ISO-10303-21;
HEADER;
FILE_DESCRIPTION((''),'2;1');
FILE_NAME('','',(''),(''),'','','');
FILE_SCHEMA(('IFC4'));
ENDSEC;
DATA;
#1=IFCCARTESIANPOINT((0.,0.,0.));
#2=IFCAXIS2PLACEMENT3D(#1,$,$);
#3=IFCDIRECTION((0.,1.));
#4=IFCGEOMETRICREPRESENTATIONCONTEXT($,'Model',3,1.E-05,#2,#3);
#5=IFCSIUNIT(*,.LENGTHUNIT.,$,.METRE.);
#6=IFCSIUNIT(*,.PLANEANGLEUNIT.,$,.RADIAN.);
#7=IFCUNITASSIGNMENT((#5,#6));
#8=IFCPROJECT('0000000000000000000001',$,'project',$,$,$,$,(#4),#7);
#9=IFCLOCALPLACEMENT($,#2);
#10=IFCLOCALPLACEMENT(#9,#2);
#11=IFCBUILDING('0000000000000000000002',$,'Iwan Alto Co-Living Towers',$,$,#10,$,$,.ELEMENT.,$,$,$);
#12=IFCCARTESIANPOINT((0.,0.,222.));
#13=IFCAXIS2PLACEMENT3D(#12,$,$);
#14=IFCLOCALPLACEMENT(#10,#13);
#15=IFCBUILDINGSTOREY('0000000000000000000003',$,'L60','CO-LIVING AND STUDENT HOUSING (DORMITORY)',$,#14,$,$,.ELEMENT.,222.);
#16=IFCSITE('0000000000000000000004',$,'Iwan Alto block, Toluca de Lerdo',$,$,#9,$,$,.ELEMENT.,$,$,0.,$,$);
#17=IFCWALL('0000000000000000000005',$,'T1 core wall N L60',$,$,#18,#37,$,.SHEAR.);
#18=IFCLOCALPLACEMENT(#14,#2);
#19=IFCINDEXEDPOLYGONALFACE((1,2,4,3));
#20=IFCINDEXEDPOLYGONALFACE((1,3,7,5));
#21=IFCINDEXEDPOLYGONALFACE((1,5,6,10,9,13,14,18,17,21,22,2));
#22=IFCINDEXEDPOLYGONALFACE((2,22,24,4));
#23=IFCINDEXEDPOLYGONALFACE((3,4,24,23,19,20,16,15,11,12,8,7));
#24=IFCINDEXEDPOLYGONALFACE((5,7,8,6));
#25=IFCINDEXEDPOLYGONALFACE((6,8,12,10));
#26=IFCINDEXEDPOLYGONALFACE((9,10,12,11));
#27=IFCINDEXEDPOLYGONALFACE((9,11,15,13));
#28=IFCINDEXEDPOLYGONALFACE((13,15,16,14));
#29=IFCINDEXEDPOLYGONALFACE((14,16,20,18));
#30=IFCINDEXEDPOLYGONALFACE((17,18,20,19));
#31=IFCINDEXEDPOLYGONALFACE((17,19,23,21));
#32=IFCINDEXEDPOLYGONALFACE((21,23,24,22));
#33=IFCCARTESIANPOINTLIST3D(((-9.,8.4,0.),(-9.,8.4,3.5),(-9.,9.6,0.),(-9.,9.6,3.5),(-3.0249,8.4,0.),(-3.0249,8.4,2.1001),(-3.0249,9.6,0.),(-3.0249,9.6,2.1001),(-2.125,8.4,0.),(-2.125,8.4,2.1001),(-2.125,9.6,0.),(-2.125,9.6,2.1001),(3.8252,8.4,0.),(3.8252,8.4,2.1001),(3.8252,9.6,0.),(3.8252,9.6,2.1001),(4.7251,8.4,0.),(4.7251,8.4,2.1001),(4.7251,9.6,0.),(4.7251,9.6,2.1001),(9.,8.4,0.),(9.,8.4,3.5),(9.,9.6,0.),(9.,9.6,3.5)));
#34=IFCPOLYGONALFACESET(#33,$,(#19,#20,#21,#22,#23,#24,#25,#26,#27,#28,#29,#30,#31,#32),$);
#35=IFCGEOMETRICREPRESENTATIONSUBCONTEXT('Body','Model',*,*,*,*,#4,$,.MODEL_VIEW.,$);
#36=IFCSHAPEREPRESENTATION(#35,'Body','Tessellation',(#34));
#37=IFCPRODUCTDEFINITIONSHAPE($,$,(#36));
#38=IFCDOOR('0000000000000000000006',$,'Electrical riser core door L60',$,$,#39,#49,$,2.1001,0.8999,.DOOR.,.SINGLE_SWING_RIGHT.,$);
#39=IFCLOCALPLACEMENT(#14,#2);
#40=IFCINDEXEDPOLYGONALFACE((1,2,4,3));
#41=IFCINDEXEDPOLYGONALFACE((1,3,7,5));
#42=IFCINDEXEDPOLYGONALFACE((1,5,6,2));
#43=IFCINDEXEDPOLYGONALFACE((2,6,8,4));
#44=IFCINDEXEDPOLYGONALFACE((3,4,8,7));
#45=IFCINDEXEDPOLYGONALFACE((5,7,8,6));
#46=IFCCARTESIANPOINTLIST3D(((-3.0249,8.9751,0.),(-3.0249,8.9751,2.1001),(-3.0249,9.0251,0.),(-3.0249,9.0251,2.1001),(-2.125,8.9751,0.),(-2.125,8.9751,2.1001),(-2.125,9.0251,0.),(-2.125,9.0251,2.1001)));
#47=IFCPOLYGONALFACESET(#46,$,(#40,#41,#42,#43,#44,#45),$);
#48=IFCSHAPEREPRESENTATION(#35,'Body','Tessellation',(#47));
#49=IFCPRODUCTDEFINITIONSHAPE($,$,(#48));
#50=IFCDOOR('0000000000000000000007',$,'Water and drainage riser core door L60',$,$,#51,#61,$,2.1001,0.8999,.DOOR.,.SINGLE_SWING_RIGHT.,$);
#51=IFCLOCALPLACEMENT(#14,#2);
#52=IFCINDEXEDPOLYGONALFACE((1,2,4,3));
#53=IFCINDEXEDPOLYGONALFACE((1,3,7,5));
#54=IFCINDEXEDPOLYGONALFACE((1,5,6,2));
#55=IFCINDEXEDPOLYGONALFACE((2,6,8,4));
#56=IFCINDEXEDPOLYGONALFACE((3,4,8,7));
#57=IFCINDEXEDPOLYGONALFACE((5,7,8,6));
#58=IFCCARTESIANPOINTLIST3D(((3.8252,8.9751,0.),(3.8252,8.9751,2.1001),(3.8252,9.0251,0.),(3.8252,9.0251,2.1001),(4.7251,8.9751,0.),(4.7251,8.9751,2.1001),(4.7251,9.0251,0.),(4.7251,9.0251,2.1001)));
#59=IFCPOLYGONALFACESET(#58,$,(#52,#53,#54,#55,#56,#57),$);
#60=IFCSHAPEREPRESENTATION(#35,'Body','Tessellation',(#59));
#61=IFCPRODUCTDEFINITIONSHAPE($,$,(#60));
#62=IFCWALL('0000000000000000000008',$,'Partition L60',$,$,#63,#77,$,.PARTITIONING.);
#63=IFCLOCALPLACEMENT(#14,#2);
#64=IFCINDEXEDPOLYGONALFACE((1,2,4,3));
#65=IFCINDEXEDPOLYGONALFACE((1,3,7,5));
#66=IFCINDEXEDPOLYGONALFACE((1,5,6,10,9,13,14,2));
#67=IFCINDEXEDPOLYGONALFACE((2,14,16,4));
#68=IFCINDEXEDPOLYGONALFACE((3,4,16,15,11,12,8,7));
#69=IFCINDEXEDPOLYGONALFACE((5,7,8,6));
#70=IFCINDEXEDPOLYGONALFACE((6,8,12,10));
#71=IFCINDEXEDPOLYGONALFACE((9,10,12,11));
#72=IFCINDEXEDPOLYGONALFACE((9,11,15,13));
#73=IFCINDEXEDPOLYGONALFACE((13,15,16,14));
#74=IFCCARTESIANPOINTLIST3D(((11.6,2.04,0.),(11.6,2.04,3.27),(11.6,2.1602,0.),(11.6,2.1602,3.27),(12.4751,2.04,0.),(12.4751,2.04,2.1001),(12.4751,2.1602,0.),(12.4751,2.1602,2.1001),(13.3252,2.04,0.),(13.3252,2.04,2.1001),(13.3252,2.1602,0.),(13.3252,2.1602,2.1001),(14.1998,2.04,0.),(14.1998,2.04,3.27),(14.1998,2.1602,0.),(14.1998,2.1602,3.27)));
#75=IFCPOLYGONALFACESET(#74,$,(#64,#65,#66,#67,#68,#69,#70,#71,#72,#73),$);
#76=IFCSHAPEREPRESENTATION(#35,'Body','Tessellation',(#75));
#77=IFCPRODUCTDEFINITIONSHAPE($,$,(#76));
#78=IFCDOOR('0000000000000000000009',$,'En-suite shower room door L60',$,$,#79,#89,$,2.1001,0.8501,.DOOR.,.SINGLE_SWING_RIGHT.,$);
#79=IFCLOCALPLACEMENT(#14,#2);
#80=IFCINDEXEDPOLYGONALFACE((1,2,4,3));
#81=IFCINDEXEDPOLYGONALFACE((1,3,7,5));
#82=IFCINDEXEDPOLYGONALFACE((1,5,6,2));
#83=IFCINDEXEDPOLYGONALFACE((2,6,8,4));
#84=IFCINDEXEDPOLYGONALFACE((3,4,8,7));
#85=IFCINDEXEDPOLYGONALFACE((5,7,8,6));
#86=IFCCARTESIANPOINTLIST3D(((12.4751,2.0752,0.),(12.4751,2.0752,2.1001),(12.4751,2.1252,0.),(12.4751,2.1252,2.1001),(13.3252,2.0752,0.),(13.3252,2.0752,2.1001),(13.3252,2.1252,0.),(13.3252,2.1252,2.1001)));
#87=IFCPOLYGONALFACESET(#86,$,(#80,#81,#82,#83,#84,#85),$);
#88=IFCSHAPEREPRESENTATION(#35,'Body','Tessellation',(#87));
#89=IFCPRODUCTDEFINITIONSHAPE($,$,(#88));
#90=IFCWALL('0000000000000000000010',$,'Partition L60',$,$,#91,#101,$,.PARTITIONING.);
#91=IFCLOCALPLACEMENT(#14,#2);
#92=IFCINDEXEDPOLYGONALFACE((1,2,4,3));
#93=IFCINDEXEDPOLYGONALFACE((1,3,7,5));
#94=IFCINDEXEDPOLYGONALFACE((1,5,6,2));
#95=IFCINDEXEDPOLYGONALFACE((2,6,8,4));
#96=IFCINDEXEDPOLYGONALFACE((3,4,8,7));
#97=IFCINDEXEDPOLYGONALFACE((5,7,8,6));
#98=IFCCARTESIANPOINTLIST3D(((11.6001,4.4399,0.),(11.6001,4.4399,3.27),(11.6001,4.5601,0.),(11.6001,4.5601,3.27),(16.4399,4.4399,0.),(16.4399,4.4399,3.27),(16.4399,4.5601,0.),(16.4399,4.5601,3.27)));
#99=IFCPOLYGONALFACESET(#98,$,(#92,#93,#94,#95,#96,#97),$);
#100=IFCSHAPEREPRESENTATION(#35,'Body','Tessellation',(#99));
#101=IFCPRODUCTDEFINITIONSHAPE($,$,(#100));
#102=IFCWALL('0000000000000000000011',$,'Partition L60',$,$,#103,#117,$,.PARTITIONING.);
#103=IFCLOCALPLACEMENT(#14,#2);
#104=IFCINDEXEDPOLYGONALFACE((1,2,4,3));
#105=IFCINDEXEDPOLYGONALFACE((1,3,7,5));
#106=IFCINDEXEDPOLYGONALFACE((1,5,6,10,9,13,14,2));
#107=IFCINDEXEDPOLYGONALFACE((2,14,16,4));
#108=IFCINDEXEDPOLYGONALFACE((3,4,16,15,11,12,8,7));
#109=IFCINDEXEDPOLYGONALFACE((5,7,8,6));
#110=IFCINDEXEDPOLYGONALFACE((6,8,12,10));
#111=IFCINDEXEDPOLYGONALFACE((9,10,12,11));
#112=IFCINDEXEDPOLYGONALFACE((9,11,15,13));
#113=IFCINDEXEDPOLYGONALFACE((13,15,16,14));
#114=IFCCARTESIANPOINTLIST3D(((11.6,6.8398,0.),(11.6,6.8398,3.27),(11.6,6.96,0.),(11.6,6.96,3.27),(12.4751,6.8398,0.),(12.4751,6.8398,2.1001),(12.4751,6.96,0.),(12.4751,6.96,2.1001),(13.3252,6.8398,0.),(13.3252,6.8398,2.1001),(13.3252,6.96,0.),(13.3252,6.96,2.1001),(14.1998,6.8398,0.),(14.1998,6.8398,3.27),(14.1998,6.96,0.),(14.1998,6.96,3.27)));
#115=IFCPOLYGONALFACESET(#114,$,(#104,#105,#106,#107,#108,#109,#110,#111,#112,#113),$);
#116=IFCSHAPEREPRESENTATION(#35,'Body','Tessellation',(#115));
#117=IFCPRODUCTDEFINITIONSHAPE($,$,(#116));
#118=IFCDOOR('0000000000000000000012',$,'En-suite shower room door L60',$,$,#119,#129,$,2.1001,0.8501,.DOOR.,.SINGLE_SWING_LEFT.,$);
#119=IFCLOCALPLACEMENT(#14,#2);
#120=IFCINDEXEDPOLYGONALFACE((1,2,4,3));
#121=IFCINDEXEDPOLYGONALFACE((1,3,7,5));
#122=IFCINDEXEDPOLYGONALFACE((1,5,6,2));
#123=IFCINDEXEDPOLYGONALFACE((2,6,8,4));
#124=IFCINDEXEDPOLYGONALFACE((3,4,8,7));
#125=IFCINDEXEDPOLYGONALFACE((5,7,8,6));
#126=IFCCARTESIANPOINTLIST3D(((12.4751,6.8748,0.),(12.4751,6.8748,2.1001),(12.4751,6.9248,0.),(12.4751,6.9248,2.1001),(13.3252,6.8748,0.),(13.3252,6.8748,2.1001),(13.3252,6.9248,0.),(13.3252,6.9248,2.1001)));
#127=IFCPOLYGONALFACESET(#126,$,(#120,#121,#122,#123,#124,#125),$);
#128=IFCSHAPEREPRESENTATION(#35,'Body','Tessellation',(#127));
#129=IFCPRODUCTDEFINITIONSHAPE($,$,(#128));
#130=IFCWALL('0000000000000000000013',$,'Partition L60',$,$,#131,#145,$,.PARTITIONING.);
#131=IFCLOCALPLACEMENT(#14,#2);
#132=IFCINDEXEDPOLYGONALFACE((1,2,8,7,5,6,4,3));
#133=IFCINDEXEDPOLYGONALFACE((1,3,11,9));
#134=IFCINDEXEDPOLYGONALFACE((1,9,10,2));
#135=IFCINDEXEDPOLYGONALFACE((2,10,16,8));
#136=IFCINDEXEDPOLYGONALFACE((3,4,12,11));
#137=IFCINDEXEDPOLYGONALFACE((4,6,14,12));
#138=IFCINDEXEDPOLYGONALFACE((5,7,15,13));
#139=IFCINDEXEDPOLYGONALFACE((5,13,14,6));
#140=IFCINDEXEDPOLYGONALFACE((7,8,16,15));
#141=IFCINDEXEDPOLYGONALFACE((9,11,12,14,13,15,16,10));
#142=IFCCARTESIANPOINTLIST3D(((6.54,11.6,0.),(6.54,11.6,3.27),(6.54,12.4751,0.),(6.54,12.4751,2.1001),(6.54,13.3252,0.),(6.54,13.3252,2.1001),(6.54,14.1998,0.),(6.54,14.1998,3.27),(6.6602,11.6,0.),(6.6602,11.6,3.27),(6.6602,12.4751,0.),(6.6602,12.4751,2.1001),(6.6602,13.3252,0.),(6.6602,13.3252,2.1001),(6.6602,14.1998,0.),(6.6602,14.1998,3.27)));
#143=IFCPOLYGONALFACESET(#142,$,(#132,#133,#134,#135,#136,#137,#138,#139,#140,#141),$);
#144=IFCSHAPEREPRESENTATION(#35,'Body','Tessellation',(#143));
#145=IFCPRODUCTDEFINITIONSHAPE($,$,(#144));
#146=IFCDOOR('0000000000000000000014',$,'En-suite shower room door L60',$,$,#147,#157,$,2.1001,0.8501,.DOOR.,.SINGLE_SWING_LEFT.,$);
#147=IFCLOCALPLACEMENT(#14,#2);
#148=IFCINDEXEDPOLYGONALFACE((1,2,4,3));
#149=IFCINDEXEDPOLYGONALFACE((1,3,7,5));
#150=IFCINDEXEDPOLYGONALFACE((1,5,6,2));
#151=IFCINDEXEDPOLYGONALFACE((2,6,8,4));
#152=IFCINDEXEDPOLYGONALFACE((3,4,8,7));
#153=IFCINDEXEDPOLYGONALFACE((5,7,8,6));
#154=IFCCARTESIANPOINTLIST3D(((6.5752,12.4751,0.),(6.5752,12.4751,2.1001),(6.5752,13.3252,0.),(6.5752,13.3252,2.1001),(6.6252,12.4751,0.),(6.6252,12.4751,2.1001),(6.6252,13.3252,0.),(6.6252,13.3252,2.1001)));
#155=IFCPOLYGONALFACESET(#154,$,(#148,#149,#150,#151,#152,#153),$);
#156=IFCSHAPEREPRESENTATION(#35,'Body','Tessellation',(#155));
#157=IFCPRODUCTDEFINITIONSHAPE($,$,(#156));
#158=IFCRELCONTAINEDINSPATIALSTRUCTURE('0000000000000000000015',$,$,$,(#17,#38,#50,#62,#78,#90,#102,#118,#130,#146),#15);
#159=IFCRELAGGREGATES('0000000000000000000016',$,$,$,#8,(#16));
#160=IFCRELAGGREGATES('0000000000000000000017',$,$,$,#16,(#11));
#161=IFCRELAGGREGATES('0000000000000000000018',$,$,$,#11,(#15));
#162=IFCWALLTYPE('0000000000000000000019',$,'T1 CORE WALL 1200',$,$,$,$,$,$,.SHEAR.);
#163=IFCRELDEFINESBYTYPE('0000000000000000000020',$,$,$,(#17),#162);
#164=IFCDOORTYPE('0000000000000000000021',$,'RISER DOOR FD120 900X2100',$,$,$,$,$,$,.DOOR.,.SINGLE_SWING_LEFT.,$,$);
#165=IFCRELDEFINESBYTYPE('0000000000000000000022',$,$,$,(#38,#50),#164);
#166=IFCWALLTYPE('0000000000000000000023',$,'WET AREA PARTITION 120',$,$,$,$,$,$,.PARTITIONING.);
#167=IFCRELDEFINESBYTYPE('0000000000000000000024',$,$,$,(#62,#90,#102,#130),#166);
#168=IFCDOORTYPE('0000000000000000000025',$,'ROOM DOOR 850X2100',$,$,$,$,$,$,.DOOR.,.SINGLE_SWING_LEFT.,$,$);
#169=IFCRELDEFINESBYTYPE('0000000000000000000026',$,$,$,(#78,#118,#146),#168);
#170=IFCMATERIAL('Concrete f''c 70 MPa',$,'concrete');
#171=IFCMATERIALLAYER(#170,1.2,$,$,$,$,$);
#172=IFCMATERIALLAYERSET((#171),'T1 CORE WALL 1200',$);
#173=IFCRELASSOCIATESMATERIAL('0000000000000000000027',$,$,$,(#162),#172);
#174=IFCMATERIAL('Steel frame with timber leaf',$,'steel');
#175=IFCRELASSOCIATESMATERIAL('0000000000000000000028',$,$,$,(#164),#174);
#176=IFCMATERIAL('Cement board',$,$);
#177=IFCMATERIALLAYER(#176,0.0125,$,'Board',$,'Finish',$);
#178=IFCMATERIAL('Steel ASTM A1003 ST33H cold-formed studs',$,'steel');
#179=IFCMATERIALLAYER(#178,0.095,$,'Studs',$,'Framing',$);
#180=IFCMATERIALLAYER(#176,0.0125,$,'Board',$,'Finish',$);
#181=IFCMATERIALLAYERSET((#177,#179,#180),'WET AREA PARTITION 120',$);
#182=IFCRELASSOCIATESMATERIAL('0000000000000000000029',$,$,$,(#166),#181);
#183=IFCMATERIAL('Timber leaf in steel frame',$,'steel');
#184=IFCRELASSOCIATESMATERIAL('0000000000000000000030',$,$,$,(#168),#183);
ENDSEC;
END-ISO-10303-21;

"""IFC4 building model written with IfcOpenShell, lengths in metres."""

from ifc_helpers import new_model, si_unit, direction, frame, frame_2d, origin, place, context, subcontext, project, spatial, rectangle, extrude, material, layer, layer_set, type_object, element, fill, save


model = new_model("IFC4")

# Units and contexts
model_context = context("Model", 3, precision=1e-05, world=origin(), true_north=direction((0.0, 1.0)))
body_context = subcontext(model_context, "Body", "Model", "MODEL_VIEW")
ifc_project = project(units=[si_unit("LENGTHUNIT", "METRE"), si_unit("PLANEANGLEUNIT", "RADIAN")], contexts=[model_context])

# Site, building, storey
site_placement = place(None, origin())
site = spatial("IfcSite", under=ifc_project, at=site_placement, Name="Iwan Alto block, Toluca de Lerdo", CompositionType="ELEMENT", RefElevation=0.0)
building_placement = place(site_placement, origin())
building = spatial("IfcBuilding", under=site, at=building_placement, Name="Iwan Alto Co-Living Towers", CompositionType="ELEMENT")
storey_placement = place(building_placement, frame((0.0, 0.0, 222.0)))
storey = spatial("IfcBuildingStorey", under=building, at=storey_placement, Name="L60", Description="CO-LIVING AND STUDENT HOUSING (DORMITORY)", CompositionType="ELEMENT", Elevation=222.0)

# Shared definitions
ifc_material_1 = material(Name="Steel ASTM A1003 ST33H cold-formed studs", Category="steel")

# Wall, openings, doors
ifc_material_2 = material(Name="Concrete f'c 70 MPa", Category="concrete")
ifc_layer_1 = layer(ifc_material_2, 1.2)
ifc_layer_set_1 = layer_set([ifc_layer_1], Name="T1 CORE WALL 1200")
wall_type_1 = type_object("IfcWallType", Name="T1 CORE WALL 1200", PredefinedType="SHEAR", material=ifc_layer_set_1)
wall_1_placement = place(storey_placement, frame((9.0, 9.0, 0.0), z_axis=(0.0, 0.0, 1.0), x_axis=(-1.0, 0.0, 0.0)))
wall_1 = element("IfcWall", 1, at=wall_1_placement, inside=storey, type_object=wall_type_1, Name="T1 core wall N L60", PredefinedType="SHEAR", context=body_context, shape_type="SweptSolid", body=[
    extrude(rectangle(XDim=18.0, YDim=1.2, at=frame_2d((9.0, 0.0))), origin(), (0.0, 0.0, 1.0), 3.5),
])
opening_1_placement = place(wall_1_placement, frame((11.125, 0.0, 0.0)))
opening_1 = element("IfcOpeningElement", 2, at=opening_1_placement, cuts=wall_1, PredefinedType="OPENING", context=body_context, shape_type="SweptSolid", body=[
    extrude(rectangle(XDim=0.8999, YDim=2.1001, at=frame_2d((0.45, 1.05))), frame((0.0, 0.6099, 0.0), z_axis=(0.0, -1.0, 0.0), x_axis=(1.0, 0.0, 0.0)), (0.0, 0.0, 1.0), 1.22),
])
opening_2_placement = place(wall_1_placement, frame((4.2749, 0.0, 0.0)))
opening_2 = element("IfcOpeningElement", 3, at=opening_2_placement, cuts=wall_1, PredefinedType="OPENING", context=body_context, shape_type="SweptSolid", body=[
    extrude(rectangle(XDim=0.8999, YDim=2.1001, at=frame_2d((0.45, 1.05))), frame((0.0, 0.6099, 0.0), z_axis=(0.0, -1.0, 0.0), x_axis=(1.0, 0.0, 0.0)), (0.0, 0.0, 1.0), 1.22),
])
ifc_material_3 = material(Name="Steel frame with timber leaf", Category="steel")
door_type_1 = type_object("IfcDoorType", Name="RISER DOOR FD120 900X2100", OperationType="SINGLE_SWING_LEFT", PredefinedType="DOOR", material=ifc_material_3)
door_1_placement = place(opening_1_placement, origin())
door_1 = element("IfcDoor", 4, at=door_1_placement, inside=storey, type_object=door_type_1, Name="Electrical riser core door L60", OperationType="SINGLE_SWING_RIGHT", OverallHeight=2.1001, OverallWidth=0.8999, PredefinedType="DOOR", context=body_context, shape_type="SweptSolid", body=[
    extrude(rectangle(XDim=0.8999, YDim=2.1001, at=frame_2d((0.45, 1.05))), frame((0.0, 0.0249, 0.0), z_axis=(0.0, -1.0, 0.0), x_axis=(1.0, 0.0, 0.0)), (0.0, 0.0, 1.0), 0.05),
])
fill(opening_1, door_1)
door_2_placement = place(opening_2_placement, origin())
door_2 = element("IfcDoor", 5, at=door_2_placement, inside=storey, type_object=door_type_1, Name="Water and drainage riser core door L60", OperationType="SINGLE_SWING_RIGHT", OverallHeight=2.1001, OverallWidth=0.8999, PredefinedType="DOOR", context=body_context, shape_type="SweptSolid", body=[
    extrude(rectangle(XDim=0.8999, YDim=2.1001, at=frame_2d((0.45, 1.05))), frame((0.0, 0.0249, 0.0), z_axis=(0.0, -1.0, 0.0), x_axis=(1.0, 0.0, 0.0)), (0.0, 0.0, 1.0), 0.05),
])
fill(opening_2, door_2)

# Wall, opening, door
ifc_material_4 = material(Name="Cement board")
ifc_layer_2 = layer(ifc_material_4, 0.0125, Name="Board", Category="Finish")
ifc_layer_3 = layer(ifc_material_1, 0.095, Name="Studs", Category="Framing")
ifc_layer_4 = layer(ifc_material_4, 0.0125, Name="Board", Category="Finish")
ifc_layer_set_2 = layer_set([ifc_layer_2, ifc_layer_3, ifc_layer_4], Name="WET AREA PARTITION 120")
wall_type_2 = type_object("IfcWallType", Name="WET AREA PARTITION 120", PredefinedType="PARTITIONING", material=ifc_layer_set_2)
wall_2_placement = place(storey_placement, frame((11.6001, 2.1001, 0.0), z_axis=(0.0, 0.0, 1.0), x_axis=(1.0, 0.0, 0.0)))
wall_2 = element("IfcWall", 6, at=wall_2_placement, inside=storey, type_object=wall_type_2, Name="Partition L60", PredefinedType="PARTITIONING", context=body_context, shape_type="SweptSolid", body=[
    extrude(rectangle(XDim=2.5999, YDim=0.1201, at=frame_2d((1.2998, 0.0))), origin(), (0.0, 0.0, 1.0), 3.27),
])
opening_3_placement = place(wall_2_placement, frame((0.875, 0.0, 0.0)))
opening_3 = element("IfcOpeningElement", 7, at=opening_3_placement, cuts=wall_2, PredefinedType="OPENING", context=body_context, shape_type="SweptSolid", body=[
    extrude(rectangle(XDim=0.8501, YDim=2.1001, at=frame_2d((0.425, 1.05))), frame((0.0, 0.0701, 0.0), z_axis=(0.0, -1.0, 0.0), x_axis=(1.0, 0.0, 0.0)), (0.0, 0.0, 1.0), 0.1401),
])
ifc_material_5 = material(Name="Timber leaf in steel frame", Category="steel")
door_type_2 = type_object("IfcDoorType", Name="ROOM DOOR 850X2100", OperationType="SINGLE_SWING_LEFT", PredefinedType="DOOR", material=ifc_material_5)
door_3_placement = place(opening_3_placement, frame((0.8501, 0.0, 0.0), z_axis=(0.0, 0.0, 1.0), x_axis=(-1.0, 0.0, 0.0)))
door_3 = element("IfcDoor", 8, at=door_3_placement, inside=storey, type_object=door_type_2, Name="En-suite shower room door L60", OperationType="SINGLE_SWING_RIGHT", OverallHeight=2.1001, OverallWidth=0.8501, PredefinedType="DOOR", context=body_context, shape_type="SweptSolid", body=[
    extrude(rectangle(XDim=0.8501, YDim=2.1001, at=frame_2d((0.425, 1.05))), frame((0.0, 0.0249, 0.0), z_axis=(0.0, -1.0, 0.0), x_axis=(1.0, 0.0, 0.0)), (0.0, 0.0, 1.0), 0.05),
])
fill(opening_3, door_3)

# Wall
wall_3_placement = place(storey_placement, frame((11.6001, 4.5, 0.0), z_axis=(0.0, 0.0, 1.0), x_axis=(1.0, 0.0, 0.0)))
element("IfcWall", 9, at=wall_3_placement, inside=storey, type_object=wall_type_2, Name="Partition L60", PredefinedType="PARTITIONING", context=body_context, shape_type="SweptSolid", body=[
    extrude(rectangle(XDim=4.8398, YDim=0.1201, at=frame_2d((2.4199, 0.0))), origin(), (0.0, 0.0, 1.0), 3.27),
])

# Walls, openings, doors
wall_4_placement = place(storey_placement, frame((11.6001, 6.8999, 0.0), z_axis=(0.0, 0.0, 1.0), x_axis=(1.0, 0.0, 0.0)))
wall_4 = element("IfcWall", 10, at=wall_4_placement, inside=storey, type_object=wall_type_2, Name="Partition L60", PredefinedType="PARTITIONING", context=body_context, shape_type="SweptSolid", body=[
    extrude(rectangle(XDim=2.5999, YDim=0.1201, at=frame_2d((1.2998, 0.0))), origin(), (0.0, 0.0, 1.0), 3.27),
])
opening_4_placement = place(wall_4_placement, frame((0.875, 0.0, 0.0)))
opening_4 = element("IfcOpeningElement", 11, at=opening_4_placement, cuts=wall_4, PredefinedType="OPENING", context=body_context, shape_type="SweptSolid", body=[
    extrude(rectangle(XDim=0.8501, YDim=2.1001, at=frame_2d((0.425, 1.05))), frame((0.0, 0.0701, 0.0), z_axis=(0.0, -1.0, 0.0), x_axis=(1.0, 0.0, 0.0)), (0.0, 0.0, 1.0), 0.1401),
])
door_4_placement = place(opening_4_placement, origin())
door_4 = element("IfcDoor", 12, at=door_4_placement, inside=storey, type_object=door_type_2, Name="En-suite shower room door L60", OperationType="SINGLE_SWING_LEFT", OverallHeight=2.1001, OverallWidth=0.8501, PredefinedType="DOOR", context=body_context, shape_type="SweptSolid", body=[
    extrude(rectangle(XDim=0.8501, YDim=2.1001, at=frame_2d((0.425, 1.05))), frame((0.0, 0.0249, 0.0), z_axis=(0.0, -1.0, 0.0), x_axis=(1.0, 0.0, 0.0)), (0.0, 0.0, 1.0), 0.05),
])
fill(opening_4, door_4)
wall_5_placement = place(storey_placement, frame((6.6001, 11.6001, 0.0), z_axis=(0.0, 0.0, 1.0), x_axis=(0.0, 1.0, 0.0)))
wall_5 = element("IfcWall", 13, at=wall_5_placement, inside=storey, type_object=wall_type_2, Name="Partition L60", PredefinedType="PARTITIONING", context=body_context, shape_type="SweptSolid", body=[
    extrude(rectangle(XDim=2.5999, YDim=0.1201, at=frame_2d((1.2998, 0.0))), origin(), (0.0, 0.0, 1.0), 3.27),
])
opening_5_placement = place(wall_5_placement, frame((0.875, 0.0, 0.0)))
opening_5 = element("IfcOpeningElement", 14, at=opening_5_placement, cuts=wall_5, PredefinedType="OPENING", context=body_context, shape_type="SweptSolid", body=[
    extrude(rectangle(XDim=0.8501, YDim=2.1001, at=frame_2d((0.425, 1.05))), frame((0.0, 0.0701, 0.0), z_axis=(0.0, -1.0, 0.0), x_axis=(1.0, 0.0, 0.0)), (0.0, 0.0, 1.0), 0.1401),
])
door_5_placement = place(opening_5_placement, origin())
door_5 = element("IfcDoor", 15, at=door_5_placement, inside=storey, type_object=door_type_2, Name="En-suite shower room door L60", OperationType="SINGLE_SWING_LEFT", OverallHeight=2.1001, OverallWidth=0.8501, PredefinedType="DOOR", context=body_context, shape_type="SweptSolid", body=[
    extrude(rectangle(XDim=0.8501, YDim=2.1001, at=frame_2d((0.425, 1.05))), frame((0.0, 0.0249, 0.0), z_axis=(0.0, -1.0, 0.0), x_axis=(1.0, 0.0, 0.0)), (0.0, 0.0, 1.0), 0.05),
])
fill(opening_5, door_5)

save(model, "model.ifc")
